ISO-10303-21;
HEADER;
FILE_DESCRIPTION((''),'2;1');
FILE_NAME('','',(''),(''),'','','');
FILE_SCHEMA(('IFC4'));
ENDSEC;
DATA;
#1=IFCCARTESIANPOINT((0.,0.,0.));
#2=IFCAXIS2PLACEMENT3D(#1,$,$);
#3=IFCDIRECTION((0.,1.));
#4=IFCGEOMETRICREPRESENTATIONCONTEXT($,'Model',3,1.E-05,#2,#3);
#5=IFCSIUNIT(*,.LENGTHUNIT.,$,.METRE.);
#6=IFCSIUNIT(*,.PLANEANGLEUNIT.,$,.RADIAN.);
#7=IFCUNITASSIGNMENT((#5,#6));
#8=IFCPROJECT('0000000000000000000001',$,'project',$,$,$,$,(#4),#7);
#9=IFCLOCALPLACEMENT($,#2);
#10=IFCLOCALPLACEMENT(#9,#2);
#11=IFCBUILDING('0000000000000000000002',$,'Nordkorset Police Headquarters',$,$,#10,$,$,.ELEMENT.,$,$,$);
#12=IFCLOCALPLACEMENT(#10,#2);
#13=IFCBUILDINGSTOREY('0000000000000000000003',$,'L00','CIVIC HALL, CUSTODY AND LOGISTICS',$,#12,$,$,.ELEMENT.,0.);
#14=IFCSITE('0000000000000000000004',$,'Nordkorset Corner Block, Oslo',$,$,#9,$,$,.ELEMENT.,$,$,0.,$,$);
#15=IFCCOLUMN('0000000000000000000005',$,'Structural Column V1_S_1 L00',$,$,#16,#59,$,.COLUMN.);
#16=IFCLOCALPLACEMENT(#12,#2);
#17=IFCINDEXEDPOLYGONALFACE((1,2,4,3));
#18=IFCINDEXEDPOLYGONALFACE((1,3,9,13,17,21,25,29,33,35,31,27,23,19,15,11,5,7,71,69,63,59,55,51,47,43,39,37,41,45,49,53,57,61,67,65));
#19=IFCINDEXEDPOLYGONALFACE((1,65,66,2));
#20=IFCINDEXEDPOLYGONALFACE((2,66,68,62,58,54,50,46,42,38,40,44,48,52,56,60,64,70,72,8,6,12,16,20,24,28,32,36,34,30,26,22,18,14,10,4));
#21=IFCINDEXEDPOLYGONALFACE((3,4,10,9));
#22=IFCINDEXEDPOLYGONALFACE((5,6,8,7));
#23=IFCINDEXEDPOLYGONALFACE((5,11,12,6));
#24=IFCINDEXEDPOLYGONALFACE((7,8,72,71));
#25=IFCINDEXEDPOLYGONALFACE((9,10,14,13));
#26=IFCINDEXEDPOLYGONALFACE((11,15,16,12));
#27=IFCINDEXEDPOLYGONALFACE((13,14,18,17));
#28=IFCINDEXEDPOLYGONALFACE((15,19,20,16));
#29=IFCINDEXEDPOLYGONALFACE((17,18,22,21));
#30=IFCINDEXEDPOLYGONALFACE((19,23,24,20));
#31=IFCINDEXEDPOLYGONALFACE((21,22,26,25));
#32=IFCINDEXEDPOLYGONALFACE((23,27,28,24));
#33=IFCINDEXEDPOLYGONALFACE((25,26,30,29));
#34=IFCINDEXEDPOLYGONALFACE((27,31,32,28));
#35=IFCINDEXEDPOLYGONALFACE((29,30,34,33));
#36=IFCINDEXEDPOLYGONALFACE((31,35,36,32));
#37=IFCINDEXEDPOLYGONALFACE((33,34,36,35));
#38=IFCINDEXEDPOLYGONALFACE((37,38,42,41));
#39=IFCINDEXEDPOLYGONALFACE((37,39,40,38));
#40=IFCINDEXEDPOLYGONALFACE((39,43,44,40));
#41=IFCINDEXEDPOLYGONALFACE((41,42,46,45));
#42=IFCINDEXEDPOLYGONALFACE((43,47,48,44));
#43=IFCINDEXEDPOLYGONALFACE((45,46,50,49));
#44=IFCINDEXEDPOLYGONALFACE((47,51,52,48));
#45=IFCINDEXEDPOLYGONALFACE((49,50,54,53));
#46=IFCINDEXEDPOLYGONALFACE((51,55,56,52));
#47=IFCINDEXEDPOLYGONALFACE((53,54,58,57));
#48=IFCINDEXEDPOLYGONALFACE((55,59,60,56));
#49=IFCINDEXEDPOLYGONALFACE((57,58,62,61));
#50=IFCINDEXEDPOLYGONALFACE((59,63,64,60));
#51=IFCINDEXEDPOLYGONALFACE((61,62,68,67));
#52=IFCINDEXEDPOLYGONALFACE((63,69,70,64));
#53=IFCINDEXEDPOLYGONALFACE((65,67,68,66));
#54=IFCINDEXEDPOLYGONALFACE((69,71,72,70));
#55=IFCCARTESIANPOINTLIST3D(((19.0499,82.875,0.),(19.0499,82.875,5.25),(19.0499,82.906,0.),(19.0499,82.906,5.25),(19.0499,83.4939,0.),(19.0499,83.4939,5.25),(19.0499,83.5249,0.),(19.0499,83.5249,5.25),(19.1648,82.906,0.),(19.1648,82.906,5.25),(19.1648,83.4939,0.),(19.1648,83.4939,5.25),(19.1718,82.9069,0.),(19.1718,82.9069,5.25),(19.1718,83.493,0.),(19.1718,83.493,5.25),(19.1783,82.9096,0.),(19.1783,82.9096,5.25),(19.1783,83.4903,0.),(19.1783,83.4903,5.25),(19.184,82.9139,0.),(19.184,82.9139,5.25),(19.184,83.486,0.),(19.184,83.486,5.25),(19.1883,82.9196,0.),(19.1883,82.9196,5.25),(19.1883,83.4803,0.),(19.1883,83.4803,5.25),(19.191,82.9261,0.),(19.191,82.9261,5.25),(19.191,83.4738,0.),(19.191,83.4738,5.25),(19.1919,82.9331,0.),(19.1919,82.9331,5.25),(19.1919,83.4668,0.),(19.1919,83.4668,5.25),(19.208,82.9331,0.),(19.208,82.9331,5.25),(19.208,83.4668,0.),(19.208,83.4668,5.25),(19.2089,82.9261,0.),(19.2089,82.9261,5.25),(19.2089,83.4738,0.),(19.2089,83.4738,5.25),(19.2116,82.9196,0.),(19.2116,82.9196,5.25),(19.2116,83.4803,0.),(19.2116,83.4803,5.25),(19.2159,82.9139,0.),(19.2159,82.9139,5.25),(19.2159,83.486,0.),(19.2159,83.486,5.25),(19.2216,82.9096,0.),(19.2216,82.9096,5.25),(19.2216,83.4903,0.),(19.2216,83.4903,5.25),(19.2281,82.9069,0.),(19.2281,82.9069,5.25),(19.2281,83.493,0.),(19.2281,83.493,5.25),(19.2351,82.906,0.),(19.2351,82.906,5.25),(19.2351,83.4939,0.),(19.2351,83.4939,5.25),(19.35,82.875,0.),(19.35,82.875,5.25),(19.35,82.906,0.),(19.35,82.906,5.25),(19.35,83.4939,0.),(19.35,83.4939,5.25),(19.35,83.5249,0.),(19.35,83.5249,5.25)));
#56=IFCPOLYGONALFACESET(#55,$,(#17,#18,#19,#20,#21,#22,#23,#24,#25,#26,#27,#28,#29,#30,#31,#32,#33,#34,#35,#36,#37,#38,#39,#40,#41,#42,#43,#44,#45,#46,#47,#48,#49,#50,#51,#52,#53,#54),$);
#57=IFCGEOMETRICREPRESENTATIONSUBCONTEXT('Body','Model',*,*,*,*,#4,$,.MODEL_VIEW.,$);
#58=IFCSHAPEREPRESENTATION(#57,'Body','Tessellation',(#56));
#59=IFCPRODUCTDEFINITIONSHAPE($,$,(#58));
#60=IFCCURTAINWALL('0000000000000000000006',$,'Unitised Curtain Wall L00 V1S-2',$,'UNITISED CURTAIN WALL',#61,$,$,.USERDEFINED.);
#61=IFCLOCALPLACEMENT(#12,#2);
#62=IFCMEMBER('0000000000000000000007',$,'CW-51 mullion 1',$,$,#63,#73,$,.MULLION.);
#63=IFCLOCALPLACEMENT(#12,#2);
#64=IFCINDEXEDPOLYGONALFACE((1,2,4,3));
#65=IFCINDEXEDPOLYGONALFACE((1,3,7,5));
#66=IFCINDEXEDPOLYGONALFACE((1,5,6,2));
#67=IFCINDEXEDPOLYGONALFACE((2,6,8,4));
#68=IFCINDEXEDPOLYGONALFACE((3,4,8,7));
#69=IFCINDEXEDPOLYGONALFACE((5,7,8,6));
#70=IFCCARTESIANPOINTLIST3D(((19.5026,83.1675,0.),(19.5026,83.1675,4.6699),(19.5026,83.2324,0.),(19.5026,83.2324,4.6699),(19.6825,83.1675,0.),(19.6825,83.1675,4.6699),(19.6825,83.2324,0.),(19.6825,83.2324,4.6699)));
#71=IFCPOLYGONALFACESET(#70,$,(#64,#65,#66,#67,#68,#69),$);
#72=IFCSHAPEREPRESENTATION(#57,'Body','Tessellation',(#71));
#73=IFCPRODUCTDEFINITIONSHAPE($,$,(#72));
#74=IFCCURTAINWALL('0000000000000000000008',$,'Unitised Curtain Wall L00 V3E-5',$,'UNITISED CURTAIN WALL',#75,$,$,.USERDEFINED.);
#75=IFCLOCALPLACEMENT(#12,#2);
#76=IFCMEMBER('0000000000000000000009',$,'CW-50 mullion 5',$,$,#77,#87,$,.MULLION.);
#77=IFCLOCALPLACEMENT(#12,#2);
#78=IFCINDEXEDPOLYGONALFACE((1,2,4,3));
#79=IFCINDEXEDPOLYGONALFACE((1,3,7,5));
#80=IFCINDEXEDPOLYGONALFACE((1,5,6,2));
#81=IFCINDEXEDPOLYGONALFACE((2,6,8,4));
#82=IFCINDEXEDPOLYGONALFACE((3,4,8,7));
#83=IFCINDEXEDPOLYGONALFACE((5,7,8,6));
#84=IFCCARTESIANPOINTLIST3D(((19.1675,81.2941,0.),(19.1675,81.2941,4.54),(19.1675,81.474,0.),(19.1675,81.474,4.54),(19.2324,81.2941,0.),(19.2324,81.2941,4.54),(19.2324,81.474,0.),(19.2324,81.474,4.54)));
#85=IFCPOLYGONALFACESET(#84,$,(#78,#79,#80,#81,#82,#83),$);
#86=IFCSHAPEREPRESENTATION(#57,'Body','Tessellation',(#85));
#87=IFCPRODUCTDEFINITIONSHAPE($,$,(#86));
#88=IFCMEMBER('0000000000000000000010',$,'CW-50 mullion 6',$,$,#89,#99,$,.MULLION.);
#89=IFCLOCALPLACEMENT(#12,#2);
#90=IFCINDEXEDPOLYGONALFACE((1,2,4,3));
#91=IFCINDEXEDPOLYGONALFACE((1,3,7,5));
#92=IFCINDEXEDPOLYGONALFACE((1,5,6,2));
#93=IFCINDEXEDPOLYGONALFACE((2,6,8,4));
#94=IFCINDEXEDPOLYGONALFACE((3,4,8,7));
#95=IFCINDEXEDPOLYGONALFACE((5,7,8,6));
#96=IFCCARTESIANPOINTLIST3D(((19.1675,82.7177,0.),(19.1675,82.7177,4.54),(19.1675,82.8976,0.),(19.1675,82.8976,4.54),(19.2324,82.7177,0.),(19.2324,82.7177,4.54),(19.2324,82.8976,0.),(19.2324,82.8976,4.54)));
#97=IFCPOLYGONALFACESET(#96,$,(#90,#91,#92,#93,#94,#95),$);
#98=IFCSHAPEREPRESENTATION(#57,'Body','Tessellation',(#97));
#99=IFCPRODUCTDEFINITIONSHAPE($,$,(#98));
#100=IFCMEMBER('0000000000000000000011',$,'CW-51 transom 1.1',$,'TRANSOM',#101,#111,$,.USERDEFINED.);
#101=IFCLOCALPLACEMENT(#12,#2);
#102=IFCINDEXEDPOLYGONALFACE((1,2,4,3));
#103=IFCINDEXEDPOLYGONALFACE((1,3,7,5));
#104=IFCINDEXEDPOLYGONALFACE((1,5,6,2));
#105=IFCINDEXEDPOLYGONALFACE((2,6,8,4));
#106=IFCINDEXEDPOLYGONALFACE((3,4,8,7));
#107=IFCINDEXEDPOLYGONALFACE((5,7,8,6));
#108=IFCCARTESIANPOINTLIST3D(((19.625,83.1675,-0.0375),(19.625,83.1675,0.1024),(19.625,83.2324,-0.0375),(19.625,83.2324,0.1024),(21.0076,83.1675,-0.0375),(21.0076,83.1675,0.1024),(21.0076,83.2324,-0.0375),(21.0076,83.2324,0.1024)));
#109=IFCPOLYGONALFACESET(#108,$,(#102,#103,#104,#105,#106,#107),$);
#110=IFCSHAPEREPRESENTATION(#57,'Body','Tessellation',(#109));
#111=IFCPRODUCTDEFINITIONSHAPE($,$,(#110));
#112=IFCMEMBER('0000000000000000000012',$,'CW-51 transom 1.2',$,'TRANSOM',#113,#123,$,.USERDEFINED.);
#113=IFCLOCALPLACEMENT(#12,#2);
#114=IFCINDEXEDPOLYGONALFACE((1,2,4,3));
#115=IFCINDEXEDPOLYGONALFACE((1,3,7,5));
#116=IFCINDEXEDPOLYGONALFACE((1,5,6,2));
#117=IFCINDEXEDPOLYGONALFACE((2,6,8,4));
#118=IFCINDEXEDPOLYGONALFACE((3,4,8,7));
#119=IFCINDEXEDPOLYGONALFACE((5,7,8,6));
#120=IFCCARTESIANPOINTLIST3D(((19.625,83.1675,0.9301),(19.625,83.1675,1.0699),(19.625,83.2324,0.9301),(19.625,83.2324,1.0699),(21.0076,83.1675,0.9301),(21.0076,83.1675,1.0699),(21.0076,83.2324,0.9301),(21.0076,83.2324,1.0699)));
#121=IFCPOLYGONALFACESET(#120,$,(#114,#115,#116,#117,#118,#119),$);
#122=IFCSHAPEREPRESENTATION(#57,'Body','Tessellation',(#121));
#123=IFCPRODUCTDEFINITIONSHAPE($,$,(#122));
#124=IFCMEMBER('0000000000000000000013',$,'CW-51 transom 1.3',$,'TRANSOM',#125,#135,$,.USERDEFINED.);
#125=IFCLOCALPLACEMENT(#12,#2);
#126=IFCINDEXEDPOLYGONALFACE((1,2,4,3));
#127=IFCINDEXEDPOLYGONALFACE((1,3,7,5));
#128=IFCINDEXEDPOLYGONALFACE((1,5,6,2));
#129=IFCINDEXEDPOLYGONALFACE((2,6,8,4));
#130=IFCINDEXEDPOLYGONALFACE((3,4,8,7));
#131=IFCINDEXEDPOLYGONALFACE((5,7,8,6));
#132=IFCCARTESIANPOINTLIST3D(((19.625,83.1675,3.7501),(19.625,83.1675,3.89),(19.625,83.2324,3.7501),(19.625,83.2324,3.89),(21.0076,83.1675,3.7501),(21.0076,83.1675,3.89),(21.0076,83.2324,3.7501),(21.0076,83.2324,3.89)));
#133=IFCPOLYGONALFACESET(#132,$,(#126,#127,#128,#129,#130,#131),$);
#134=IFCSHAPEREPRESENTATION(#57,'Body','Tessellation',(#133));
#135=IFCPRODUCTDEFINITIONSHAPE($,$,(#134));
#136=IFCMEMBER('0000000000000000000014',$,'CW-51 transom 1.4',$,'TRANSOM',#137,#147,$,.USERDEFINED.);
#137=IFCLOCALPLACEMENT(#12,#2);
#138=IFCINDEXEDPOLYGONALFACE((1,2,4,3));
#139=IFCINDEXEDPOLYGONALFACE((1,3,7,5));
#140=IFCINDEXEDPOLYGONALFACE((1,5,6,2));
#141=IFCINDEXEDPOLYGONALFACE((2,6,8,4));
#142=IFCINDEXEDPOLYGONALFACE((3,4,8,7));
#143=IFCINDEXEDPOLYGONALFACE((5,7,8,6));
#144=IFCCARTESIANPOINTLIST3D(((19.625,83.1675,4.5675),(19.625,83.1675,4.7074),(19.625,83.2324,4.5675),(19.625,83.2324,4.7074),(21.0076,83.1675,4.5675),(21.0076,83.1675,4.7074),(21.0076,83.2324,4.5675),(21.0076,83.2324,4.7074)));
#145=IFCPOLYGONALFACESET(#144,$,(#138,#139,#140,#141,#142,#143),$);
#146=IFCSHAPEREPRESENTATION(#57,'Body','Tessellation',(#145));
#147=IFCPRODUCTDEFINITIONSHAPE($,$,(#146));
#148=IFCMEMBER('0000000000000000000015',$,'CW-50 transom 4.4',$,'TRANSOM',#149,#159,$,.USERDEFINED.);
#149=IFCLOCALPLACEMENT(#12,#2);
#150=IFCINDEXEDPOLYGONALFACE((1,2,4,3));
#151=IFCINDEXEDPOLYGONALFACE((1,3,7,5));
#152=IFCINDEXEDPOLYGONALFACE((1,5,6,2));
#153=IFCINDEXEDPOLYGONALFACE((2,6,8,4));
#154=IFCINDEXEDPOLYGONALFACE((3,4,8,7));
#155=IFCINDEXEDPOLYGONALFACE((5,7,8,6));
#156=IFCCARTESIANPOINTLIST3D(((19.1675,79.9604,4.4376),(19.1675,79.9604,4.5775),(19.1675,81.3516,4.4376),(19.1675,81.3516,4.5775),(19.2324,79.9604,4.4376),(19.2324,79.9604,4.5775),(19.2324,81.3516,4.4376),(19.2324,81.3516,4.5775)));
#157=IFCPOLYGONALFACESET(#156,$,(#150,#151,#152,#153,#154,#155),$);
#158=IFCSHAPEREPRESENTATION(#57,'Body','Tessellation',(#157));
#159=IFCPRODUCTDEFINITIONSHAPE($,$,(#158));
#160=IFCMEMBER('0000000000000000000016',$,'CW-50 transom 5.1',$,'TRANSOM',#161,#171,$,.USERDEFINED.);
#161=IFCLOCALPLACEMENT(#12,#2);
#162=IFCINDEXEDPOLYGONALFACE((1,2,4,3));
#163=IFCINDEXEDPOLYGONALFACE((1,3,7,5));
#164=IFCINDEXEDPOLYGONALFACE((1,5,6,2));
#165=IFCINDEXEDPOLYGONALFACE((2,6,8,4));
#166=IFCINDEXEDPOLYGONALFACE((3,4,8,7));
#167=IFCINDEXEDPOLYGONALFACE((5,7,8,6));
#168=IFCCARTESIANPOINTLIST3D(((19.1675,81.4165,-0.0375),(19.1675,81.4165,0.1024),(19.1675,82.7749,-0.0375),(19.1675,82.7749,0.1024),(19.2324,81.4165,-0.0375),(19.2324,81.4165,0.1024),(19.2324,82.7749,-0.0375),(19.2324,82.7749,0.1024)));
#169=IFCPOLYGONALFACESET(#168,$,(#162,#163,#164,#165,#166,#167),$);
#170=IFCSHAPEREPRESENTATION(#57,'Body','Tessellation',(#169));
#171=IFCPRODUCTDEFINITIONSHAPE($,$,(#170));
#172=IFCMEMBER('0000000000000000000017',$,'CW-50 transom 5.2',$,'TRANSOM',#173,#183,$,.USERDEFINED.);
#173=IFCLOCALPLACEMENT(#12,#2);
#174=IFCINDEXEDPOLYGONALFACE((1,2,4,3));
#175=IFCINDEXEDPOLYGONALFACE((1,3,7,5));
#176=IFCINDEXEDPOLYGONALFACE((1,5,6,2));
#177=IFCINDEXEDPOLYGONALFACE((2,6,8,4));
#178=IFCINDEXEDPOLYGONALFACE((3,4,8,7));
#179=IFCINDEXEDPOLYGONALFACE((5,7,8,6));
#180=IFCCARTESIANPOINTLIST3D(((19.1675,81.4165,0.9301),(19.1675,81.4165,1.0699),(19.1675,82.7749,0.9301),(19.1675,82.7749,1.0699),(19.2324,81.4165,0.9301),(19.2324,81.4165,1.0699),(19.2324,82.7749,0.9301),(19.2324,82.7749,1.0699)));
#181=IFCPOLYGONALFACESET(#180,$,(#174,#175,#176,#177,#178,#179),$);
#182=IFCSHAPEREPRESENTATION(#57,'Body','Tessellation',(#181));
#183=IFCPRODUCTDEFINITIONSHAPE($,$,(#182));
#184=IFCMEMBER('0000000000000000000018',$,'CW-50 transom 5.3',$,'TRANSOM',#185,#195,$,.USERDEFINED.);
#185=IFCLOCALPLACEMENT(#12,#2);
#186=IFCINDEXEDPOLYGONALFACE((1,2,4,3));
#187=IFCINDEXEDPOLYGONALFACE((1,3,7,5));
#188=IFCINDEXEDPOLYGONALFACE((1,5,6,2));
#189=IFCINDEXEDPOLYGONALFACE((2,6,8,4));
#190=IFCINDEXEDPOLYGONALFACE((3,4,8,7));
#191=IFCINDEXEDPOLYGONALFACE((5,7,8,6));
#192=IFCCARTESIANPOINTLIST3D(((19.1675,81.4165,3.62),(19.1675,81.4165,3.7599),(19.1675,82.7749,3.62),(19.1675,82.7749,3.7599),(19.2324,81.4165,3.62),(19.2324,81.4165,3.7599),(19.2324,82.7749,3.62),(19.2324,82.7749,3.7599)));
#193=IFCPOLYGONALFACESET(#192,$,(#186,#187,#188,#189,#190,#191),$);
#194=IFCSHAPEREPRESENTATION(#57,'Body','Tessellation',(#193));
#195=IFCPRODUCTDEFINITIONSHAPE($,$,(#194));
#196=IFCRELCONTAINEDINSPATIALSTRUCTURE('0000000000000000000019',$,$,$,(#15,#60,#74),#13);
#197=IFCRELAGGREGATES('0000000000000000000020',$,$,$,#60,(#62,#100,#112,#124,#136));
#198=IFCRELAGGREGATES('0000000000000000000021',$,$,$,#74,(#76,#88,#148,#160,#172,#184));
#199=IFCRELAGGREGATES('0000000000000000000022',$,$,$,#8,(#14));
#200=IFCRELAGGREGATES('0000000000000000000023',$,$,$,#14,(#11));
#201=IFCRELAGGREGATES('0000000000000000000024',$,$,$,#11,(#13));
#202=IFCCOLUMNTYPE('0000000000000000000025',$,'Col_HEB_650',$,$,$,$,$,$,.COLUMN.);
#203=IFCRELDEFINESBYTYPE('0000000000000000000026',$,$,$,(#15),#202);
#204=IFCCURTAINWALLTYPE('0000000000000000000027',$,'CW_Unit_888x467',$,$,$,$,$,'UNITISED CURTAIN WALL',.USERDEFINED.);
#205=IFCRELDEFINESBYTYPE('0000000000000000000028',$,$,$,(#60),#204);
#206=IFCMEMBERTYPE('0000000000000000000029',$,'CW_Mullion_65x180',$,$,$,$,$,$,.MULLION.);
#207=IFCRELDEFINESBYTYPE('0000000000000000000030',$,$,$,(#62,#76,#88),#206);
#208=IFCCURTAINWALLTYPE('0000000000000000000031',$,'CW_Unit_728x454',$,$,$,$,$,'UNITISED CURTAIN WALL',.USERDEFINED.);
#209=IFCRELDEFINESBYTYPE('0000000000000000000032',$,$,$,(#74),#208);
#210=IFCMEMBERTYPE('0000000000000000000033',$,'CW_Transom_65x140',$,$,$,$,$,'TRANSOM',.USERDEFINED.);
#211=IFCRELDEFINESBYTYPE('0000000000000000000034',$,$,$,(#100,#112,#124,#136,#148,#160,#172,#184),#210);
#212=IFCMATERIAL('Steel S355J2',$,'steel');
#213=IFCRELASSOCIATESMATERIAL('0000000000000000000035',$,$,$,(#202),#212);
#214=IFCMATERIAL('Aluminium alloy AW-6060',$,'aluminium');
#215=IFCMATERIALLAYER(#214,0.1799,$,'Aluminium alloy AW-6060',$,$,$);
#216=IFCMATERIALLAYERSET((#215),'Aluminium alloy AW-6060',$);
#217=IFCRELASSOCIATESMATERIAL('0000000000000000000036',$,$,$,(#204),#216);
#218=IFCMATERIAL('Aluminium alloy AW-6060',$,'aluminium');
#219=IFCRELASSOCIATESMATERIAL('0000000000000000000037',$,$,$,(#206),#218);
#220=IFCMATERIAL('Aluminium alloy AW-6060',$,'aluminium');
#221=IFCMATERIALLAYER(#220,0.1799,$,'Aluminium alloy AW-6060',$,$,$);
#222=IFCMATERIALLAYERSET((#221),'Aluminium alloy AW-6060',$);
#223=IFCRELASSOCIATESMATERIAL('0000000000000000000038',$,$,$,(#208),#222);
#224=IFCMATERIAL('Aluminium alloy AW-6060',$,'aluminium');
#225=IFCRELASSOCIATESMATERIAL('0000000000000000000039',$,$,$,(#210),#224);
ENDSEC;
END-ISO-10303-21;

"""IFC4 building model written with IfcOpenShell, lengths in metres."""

from ifc_helpers import new_model, si_unit, direction, frame, origin, origin_2d, place, context, subcontext, project, spatial, rectangle, i_section, extrude, material, layer, layer_set, material_profile, profile_set, type_object, element, aggregate, save


model = new_model("IFC4")

# Units and contexts
model_context = context("Model", 3, precision=1e-05, world=origin(), true_north=direction((0.0, 1.0)))
body_context = subcontext(model_context, "Body", "Model", "MODEL_VIEW")
ifc_project = project(units=[si_unit("LENGTHUNIT", "METRE"), si_unit("PLANEANGLEUNIT", "RADIAN")], contexts=[model_context])

# Site, building, storey
site_placement = place(None, origin())
site = spatial("IfcSite", under=ifc_project, at=site_placement, Name="Nordkorset Corner Block, Oslo", CompositionType="ELEMENT", RefElevation=0.0)
building_placement = place(site_placement, origin())
building = spatial("IfcBuilding", under=site, at=building_placement, Name="Nordkorset Police Headquarters", CompositionType="ELEMENT")
storey_placement = place(building_placement, origin())
storey = spatial("IfcBuildingStorey", under=building, at=storey_placement, Name="L00", Description="CIVIC HALL, CUSTODY AND LOGISTICS", CompositionType="ELEMENT", Elevation=0.0)

# Column
ifc_material_1 = material(Name="Steel S355J2", Category="steel")
ifc_material_profile_1 = material_profile(ifc_material_1, i_section(OverallWidth=0.3, OverallDepth=0.6499, WebThickness=0.0161, FlangeThickness=0.031, FilletRadius=0.0271, at=origin_2d()), Name="HEB 650")
ifc_profile_set_1 = profile_set([ifc_material_profile_1], Name="Steel S355J2")
column_type = type_object("IfcColumnType", Name="Col_HEB_650", PredefinedType="COLUMN", material=ifc_profile_set_1)
column_placement = place(storey_placement, frame((19.2, 83.2, 0.0), z_axis=(0.0, 0.0, 1.0), x_axis=(1.0, 0.0, 0.0)))
element("IfcColumn", 1, at=column_placement, inside=storey, type_object=column_type, Name="Structural Column V1_S_1 L00", PredefinedType="COLUMN", context=body_context, shape_type="SweptSolid", body=[
    extrude(i_section(OverallWidth=0.3, OverallDepth=0.6499, WebThickness=0.0161, FlangeThickness=0.031, FilletRadius=0.0271, at=origin_2d()), origin(), (0.0, 0.0, 1.0), 5.25),
])

# Curtain wall, member
ifc_material_2 = material(Name="Aluminium alloy AW-6060", Category="aluminium")
ifc_layer_1 = layer(ifc_material_2, 0.1799, Name="Aluminium alloy AW-6060")
ifc_layer_set_1 = layer_set([ifc_layer_1], Name="Aluminium alloy AW-6060")
curtain_wall_type_1 = type_object("IfcCurtainWallType", Name="CW_Unit_888x467", ElementType="UNITISED CURTAIN WALL", PredefinedType="USERDEFINED", material=ifc_layer_set_1)
curtain_wall_1_placement = place(storey_placement, origin())
curtain_wall_1 = element("IfcCurtainWall", 2, at=curtain_wall_1_placement, inside=storey, type_object=curtain_wall_type_1, Name="Unitised Curtain Wall L00 V1S-2", ObjectType="UNITISED CURTAIN WALL", PredefinedType="USERDEFINED")
ifc_material_3 = material(Name="Aluminium alloy AW-6060", Category="aluminium")
ifc_material_profile_2 = material_profile(ifc_material_3, rectangle(XDim=0.0649, YDim=0.1799, at=origin_2d()), Name="ALU MULL 65x180")
ifc_profile_set_2 = profile_set([ifc_material_profile_2], Name="Aluminium alloy AW-6060")
member_type_1 = type_object("IfcMemberType", Name="CW_Mullion_65x180", PredefinedType="MULLION", material=ifc_profile_set_2)
member_1_placement = place(storey_placement, frame((19.5925, 83.2, 0.0), z_axis=(0.0, 0.0, 1.0), x_axis=(0.0, 1.0, 0.0)))
member_1 = element("IfcMember", 3, at=member_1_placement, type_object=member_type_1, Name="CW-51 mullion 1", PredefinedType="MULLION", context=body_context, shape_type="SweptSolid", body=[
    extrude(rectangle(XDim=0.0649, YDim=0.1799, at=origin_2d()), origin(), (0.0, 0.0, 1.0), 4.6699),
])

# Curtain wall, members
ifc_material_4 = material(Name="Aluminium alloy AW-6060", Category="aluminium")
ifc_layer_2 = layer(ifc_material_4, 0.1799, Name="Aluminium alloy AW-6060")
ifc_layer_set_2 = layer_set([ifc_layer_2], Name="Aluminium alloy AW-6060")
curtain_wall_type_2 = type_object("IfcCurtainWallType", Name="CW_Unit_728x454", ElementType="UNITISED CURTAIN WALL", PredefinedType="USERDEFINED", material=ifc_layer_set_2)
curtain_wall_2_placement = place(storey_placement, origin())
curtain_wall_2 = element("IfcCurtainWall", 4, at=curtain_wall_2_placement, inside=storey, type_object=curtain_wall_type_2, Name="Unitised Curtain Wall L00 V3E-5", ObjectType="UNITISED CURTAIN WALL", PredefinedType="USERDEFINED")
member_2_placement = place(storey_placement, frame((19.2, 81.384, 0.0), z_axis=(0.0, 0.0, 1.0), x_axis=(-1.0, 0.0, 0.0)))
member_2 = element("IfcMember", 5, at=member_2_placement, type_object=member_type_1, Name="CW-50 mullion 5", PredefinedType="MULLION", context=body_context, shape_type="SweptSolid", body=[
    extrude(rectangle(XDim=0.0649, YDim=0.1799, at=origin_2d()), origin(), (0.0, 0.0, 1.0), 4.54),
])
member_3_placement = place(storey_placement, frame((19.2, 82.8076, 0.0), z_axis=(0.0, 0.0, 1.0), x_axis=(-1.0, 0.0, 0.0)))
member_3 = element("IfcMember", 6, at=member_3_placement, type_object=member_type_1, Name="CW-50 mullion 6", PredefinedType="MULLION", context=body_context, shape_type="SweptSolid", body=[
    extrude(rectangle(XDim=0.0649, YDim=0.1799, at=origin_2d()), origin(), (0.0, 0.0, 1.0), 4.54),
])

# Members
ifc_material_5 = material(Name="Aluminium alloy AW-6060", Category="aluminium")
ifc_material_profile_3 = material_profile(ifc_material_5, rectangle(XDim=0.0649, YDim=0.1399, at=origin_2d()), Name="ALU TRAN 65x140")
ifc_profile_set_3 = profile_set([ifc_material_profile_3], Name="Aluminium alloy AW-6060")
member_type_2 = type_object("IfcMemberType", Name="CW_Transom_65x140", ElementType="TRANSOM", PredefinedType="USERDEFINED", material=ifc_profile_set_3)
member_4_placement = place(storey_placement, frame((19.625, 83.2, 0.0325), z_axis=(1.0, 0.0, 0.0), x_axis=(0.0, 1.0, 0.0)))
member_4 = element("IfcMember", 7, at=member_4_placement, type_object=member_type_2, Name="CW-51 transom 1.1", ObjectType="TRANSOM", PredefinedType="USERDEFINED", context=body_context, shape_type="SweptSolid", body=[
    extrude(rectangle(XDim=0.0649, YDim=0.1399, at=origin_2d()), origin(), (0.0, 0.0, 1.0), 1.3826),
])
member_5_placement = place(storey_placement, frame((19.625, 83.2, 1.0), z_axis=(1.0, 0.0, 0.0), x_axis=(0.0, 1.0, 0.0)))
member_5 = element("IfcMember", 8, at=member_5_placement, type_object=member_type_2, Name="CW-51 transom 1.2", ObjectType="TRANSOM", PredefinedType="USERDEFINED", context=body_context, shape_type="SweptSolid", body=[
    extrude(rectangle(XDim=0.0649, YDim=0.1399, at=origin_2d()), origin(), (0.0, 0.0, 1.0), 1.3826),
])
member_6_placement = place(storey_placement, frame((19.625, 83.2, 3.8201), z_axis=(1.0, 0.0, 0.0), x_axis=(0.0, 1.0, 0.0)))
member_6 = element("IfcMember", 9, at=member_6_placement, type_object=member_type_2, Name="CW-51 transom 1.3", ObjectType="TRANSOM", PredefinedType="USERDEFINED", context=body_context, shape_type="SweptSolid", body=[
    extrude(rectangle(XDim=0.0649, YDim=0.1399, at=origin_2d()), origin(), (0.0, 0.0, 1.0), 1.3826),
])
member_7_placement = place(storey_placement, frame((19.625, 83.2, 4.6375), z_axis=(1.0, 0.0, 0.0), x_axis=(0.0, 1.0, 0.0)))
member_7 = element("IfcMember", 10, at=member_7_placement, type_object=member_type_2, Name="CW-51 transom 1.4", ObjectType="TRANSOM", PredefinedType="USERDEFINED", context=body_context, shape_type="SweptSolid", body=[
    extrude(rectangle(XDim=0.0649, YDim=0.1399, at=origin_2d()), origin(), (0.0, 0.0, 1.0), 1.3826),
])
aggregate(curtain_wall_1, [member_1, member_4, member_5, member_6, member_7])
member_8_placement = place(storey_placement, frame((19.2, 79.9604, 4.5076), z_axis=(0.0, 1.0, 0.0), x_axis=(-1.0, 0.0, 0.0)))
member_8 = element("IfcMember", 11, at=member_8_placement, type_object=member_type_2, Name="CW-50 transom 4.4", ObjectType="TRANSOM", PredefinedType="USERDEFINED", context=body_context, shape_type="SweptSolid", body=[
    extrude(rectangle(XDim=0.0649, YDim=0.1399, at=origin_2d()), origin(), (0.0, 0.0, 1.0), 1.3911),
])
member_9_placement = place(storey_placement, frame((19.2, 81.4165, 0.0325), z_axis=(0.0, 1.0, 0.0), x_axis=(-1.0, 0.0, 0.0)))
member_9 = element("IfcMember", 12, at=member_9_placement, type_object=member_type_2, Name="CW-50 transom 5.1", ObjectType="TRANSOM", PredefinedType="USERDEFINED", context=body_context, shape_type="SweptSolid", body=[
    extrude(rectangle(XDim=0.0649, YDim=0.1399, at=origin_2d()), origin(), (0.0, 0.0, 1.0), 1.3584),
])
member_10_placement = place(storey_placement, frame((19.2, 81.4165, 1.0), z_axis=(0.0, 1.0, 0.0), x_axis=(-1.0, 0.0, 0.0)))
member_10 = element("IfcMember", 13, at=member_10_placement, type_object=member_type_2, Name="CW-50 transom 5.2", ObjectType="TRANSOM", PredefinedType="USERDEFINED", context=body_context, shape_type="SweptSolid", body=[
    extrude(rectangle(XDim=0.0649, YDim=0.1399, at=origin_2d()), origin(), (0.0, 0.0, 1.0), 1.3584),
])
member_11_placement = place(storey_placement, frame((19.2, 81.4165, 3.6899), z_axis=(0.0, 1.0, 0.0), x_axis=(-1.0, 0.0, 0.0)))
member_11 = element("IfcMember", 14, at=member_11_placement, type_object=member_type_2, Name="CW-50 transom 5.3", ObjectType="TRANSOM", PredefinedType="USERDEFINED", context=body_context, shape_type="SweptSolid", body=[
    extrude(rectangle(XDim=0.0649, YDim=0.1399, at=origin_2d()), origin(), (0.0, 0.0, 1.0), 1.3584),
])

aggregate(curtain_wall_2, [member_2, member_3, member_8, member_9, member_10, member_11])

save(model, "model.ifc")
